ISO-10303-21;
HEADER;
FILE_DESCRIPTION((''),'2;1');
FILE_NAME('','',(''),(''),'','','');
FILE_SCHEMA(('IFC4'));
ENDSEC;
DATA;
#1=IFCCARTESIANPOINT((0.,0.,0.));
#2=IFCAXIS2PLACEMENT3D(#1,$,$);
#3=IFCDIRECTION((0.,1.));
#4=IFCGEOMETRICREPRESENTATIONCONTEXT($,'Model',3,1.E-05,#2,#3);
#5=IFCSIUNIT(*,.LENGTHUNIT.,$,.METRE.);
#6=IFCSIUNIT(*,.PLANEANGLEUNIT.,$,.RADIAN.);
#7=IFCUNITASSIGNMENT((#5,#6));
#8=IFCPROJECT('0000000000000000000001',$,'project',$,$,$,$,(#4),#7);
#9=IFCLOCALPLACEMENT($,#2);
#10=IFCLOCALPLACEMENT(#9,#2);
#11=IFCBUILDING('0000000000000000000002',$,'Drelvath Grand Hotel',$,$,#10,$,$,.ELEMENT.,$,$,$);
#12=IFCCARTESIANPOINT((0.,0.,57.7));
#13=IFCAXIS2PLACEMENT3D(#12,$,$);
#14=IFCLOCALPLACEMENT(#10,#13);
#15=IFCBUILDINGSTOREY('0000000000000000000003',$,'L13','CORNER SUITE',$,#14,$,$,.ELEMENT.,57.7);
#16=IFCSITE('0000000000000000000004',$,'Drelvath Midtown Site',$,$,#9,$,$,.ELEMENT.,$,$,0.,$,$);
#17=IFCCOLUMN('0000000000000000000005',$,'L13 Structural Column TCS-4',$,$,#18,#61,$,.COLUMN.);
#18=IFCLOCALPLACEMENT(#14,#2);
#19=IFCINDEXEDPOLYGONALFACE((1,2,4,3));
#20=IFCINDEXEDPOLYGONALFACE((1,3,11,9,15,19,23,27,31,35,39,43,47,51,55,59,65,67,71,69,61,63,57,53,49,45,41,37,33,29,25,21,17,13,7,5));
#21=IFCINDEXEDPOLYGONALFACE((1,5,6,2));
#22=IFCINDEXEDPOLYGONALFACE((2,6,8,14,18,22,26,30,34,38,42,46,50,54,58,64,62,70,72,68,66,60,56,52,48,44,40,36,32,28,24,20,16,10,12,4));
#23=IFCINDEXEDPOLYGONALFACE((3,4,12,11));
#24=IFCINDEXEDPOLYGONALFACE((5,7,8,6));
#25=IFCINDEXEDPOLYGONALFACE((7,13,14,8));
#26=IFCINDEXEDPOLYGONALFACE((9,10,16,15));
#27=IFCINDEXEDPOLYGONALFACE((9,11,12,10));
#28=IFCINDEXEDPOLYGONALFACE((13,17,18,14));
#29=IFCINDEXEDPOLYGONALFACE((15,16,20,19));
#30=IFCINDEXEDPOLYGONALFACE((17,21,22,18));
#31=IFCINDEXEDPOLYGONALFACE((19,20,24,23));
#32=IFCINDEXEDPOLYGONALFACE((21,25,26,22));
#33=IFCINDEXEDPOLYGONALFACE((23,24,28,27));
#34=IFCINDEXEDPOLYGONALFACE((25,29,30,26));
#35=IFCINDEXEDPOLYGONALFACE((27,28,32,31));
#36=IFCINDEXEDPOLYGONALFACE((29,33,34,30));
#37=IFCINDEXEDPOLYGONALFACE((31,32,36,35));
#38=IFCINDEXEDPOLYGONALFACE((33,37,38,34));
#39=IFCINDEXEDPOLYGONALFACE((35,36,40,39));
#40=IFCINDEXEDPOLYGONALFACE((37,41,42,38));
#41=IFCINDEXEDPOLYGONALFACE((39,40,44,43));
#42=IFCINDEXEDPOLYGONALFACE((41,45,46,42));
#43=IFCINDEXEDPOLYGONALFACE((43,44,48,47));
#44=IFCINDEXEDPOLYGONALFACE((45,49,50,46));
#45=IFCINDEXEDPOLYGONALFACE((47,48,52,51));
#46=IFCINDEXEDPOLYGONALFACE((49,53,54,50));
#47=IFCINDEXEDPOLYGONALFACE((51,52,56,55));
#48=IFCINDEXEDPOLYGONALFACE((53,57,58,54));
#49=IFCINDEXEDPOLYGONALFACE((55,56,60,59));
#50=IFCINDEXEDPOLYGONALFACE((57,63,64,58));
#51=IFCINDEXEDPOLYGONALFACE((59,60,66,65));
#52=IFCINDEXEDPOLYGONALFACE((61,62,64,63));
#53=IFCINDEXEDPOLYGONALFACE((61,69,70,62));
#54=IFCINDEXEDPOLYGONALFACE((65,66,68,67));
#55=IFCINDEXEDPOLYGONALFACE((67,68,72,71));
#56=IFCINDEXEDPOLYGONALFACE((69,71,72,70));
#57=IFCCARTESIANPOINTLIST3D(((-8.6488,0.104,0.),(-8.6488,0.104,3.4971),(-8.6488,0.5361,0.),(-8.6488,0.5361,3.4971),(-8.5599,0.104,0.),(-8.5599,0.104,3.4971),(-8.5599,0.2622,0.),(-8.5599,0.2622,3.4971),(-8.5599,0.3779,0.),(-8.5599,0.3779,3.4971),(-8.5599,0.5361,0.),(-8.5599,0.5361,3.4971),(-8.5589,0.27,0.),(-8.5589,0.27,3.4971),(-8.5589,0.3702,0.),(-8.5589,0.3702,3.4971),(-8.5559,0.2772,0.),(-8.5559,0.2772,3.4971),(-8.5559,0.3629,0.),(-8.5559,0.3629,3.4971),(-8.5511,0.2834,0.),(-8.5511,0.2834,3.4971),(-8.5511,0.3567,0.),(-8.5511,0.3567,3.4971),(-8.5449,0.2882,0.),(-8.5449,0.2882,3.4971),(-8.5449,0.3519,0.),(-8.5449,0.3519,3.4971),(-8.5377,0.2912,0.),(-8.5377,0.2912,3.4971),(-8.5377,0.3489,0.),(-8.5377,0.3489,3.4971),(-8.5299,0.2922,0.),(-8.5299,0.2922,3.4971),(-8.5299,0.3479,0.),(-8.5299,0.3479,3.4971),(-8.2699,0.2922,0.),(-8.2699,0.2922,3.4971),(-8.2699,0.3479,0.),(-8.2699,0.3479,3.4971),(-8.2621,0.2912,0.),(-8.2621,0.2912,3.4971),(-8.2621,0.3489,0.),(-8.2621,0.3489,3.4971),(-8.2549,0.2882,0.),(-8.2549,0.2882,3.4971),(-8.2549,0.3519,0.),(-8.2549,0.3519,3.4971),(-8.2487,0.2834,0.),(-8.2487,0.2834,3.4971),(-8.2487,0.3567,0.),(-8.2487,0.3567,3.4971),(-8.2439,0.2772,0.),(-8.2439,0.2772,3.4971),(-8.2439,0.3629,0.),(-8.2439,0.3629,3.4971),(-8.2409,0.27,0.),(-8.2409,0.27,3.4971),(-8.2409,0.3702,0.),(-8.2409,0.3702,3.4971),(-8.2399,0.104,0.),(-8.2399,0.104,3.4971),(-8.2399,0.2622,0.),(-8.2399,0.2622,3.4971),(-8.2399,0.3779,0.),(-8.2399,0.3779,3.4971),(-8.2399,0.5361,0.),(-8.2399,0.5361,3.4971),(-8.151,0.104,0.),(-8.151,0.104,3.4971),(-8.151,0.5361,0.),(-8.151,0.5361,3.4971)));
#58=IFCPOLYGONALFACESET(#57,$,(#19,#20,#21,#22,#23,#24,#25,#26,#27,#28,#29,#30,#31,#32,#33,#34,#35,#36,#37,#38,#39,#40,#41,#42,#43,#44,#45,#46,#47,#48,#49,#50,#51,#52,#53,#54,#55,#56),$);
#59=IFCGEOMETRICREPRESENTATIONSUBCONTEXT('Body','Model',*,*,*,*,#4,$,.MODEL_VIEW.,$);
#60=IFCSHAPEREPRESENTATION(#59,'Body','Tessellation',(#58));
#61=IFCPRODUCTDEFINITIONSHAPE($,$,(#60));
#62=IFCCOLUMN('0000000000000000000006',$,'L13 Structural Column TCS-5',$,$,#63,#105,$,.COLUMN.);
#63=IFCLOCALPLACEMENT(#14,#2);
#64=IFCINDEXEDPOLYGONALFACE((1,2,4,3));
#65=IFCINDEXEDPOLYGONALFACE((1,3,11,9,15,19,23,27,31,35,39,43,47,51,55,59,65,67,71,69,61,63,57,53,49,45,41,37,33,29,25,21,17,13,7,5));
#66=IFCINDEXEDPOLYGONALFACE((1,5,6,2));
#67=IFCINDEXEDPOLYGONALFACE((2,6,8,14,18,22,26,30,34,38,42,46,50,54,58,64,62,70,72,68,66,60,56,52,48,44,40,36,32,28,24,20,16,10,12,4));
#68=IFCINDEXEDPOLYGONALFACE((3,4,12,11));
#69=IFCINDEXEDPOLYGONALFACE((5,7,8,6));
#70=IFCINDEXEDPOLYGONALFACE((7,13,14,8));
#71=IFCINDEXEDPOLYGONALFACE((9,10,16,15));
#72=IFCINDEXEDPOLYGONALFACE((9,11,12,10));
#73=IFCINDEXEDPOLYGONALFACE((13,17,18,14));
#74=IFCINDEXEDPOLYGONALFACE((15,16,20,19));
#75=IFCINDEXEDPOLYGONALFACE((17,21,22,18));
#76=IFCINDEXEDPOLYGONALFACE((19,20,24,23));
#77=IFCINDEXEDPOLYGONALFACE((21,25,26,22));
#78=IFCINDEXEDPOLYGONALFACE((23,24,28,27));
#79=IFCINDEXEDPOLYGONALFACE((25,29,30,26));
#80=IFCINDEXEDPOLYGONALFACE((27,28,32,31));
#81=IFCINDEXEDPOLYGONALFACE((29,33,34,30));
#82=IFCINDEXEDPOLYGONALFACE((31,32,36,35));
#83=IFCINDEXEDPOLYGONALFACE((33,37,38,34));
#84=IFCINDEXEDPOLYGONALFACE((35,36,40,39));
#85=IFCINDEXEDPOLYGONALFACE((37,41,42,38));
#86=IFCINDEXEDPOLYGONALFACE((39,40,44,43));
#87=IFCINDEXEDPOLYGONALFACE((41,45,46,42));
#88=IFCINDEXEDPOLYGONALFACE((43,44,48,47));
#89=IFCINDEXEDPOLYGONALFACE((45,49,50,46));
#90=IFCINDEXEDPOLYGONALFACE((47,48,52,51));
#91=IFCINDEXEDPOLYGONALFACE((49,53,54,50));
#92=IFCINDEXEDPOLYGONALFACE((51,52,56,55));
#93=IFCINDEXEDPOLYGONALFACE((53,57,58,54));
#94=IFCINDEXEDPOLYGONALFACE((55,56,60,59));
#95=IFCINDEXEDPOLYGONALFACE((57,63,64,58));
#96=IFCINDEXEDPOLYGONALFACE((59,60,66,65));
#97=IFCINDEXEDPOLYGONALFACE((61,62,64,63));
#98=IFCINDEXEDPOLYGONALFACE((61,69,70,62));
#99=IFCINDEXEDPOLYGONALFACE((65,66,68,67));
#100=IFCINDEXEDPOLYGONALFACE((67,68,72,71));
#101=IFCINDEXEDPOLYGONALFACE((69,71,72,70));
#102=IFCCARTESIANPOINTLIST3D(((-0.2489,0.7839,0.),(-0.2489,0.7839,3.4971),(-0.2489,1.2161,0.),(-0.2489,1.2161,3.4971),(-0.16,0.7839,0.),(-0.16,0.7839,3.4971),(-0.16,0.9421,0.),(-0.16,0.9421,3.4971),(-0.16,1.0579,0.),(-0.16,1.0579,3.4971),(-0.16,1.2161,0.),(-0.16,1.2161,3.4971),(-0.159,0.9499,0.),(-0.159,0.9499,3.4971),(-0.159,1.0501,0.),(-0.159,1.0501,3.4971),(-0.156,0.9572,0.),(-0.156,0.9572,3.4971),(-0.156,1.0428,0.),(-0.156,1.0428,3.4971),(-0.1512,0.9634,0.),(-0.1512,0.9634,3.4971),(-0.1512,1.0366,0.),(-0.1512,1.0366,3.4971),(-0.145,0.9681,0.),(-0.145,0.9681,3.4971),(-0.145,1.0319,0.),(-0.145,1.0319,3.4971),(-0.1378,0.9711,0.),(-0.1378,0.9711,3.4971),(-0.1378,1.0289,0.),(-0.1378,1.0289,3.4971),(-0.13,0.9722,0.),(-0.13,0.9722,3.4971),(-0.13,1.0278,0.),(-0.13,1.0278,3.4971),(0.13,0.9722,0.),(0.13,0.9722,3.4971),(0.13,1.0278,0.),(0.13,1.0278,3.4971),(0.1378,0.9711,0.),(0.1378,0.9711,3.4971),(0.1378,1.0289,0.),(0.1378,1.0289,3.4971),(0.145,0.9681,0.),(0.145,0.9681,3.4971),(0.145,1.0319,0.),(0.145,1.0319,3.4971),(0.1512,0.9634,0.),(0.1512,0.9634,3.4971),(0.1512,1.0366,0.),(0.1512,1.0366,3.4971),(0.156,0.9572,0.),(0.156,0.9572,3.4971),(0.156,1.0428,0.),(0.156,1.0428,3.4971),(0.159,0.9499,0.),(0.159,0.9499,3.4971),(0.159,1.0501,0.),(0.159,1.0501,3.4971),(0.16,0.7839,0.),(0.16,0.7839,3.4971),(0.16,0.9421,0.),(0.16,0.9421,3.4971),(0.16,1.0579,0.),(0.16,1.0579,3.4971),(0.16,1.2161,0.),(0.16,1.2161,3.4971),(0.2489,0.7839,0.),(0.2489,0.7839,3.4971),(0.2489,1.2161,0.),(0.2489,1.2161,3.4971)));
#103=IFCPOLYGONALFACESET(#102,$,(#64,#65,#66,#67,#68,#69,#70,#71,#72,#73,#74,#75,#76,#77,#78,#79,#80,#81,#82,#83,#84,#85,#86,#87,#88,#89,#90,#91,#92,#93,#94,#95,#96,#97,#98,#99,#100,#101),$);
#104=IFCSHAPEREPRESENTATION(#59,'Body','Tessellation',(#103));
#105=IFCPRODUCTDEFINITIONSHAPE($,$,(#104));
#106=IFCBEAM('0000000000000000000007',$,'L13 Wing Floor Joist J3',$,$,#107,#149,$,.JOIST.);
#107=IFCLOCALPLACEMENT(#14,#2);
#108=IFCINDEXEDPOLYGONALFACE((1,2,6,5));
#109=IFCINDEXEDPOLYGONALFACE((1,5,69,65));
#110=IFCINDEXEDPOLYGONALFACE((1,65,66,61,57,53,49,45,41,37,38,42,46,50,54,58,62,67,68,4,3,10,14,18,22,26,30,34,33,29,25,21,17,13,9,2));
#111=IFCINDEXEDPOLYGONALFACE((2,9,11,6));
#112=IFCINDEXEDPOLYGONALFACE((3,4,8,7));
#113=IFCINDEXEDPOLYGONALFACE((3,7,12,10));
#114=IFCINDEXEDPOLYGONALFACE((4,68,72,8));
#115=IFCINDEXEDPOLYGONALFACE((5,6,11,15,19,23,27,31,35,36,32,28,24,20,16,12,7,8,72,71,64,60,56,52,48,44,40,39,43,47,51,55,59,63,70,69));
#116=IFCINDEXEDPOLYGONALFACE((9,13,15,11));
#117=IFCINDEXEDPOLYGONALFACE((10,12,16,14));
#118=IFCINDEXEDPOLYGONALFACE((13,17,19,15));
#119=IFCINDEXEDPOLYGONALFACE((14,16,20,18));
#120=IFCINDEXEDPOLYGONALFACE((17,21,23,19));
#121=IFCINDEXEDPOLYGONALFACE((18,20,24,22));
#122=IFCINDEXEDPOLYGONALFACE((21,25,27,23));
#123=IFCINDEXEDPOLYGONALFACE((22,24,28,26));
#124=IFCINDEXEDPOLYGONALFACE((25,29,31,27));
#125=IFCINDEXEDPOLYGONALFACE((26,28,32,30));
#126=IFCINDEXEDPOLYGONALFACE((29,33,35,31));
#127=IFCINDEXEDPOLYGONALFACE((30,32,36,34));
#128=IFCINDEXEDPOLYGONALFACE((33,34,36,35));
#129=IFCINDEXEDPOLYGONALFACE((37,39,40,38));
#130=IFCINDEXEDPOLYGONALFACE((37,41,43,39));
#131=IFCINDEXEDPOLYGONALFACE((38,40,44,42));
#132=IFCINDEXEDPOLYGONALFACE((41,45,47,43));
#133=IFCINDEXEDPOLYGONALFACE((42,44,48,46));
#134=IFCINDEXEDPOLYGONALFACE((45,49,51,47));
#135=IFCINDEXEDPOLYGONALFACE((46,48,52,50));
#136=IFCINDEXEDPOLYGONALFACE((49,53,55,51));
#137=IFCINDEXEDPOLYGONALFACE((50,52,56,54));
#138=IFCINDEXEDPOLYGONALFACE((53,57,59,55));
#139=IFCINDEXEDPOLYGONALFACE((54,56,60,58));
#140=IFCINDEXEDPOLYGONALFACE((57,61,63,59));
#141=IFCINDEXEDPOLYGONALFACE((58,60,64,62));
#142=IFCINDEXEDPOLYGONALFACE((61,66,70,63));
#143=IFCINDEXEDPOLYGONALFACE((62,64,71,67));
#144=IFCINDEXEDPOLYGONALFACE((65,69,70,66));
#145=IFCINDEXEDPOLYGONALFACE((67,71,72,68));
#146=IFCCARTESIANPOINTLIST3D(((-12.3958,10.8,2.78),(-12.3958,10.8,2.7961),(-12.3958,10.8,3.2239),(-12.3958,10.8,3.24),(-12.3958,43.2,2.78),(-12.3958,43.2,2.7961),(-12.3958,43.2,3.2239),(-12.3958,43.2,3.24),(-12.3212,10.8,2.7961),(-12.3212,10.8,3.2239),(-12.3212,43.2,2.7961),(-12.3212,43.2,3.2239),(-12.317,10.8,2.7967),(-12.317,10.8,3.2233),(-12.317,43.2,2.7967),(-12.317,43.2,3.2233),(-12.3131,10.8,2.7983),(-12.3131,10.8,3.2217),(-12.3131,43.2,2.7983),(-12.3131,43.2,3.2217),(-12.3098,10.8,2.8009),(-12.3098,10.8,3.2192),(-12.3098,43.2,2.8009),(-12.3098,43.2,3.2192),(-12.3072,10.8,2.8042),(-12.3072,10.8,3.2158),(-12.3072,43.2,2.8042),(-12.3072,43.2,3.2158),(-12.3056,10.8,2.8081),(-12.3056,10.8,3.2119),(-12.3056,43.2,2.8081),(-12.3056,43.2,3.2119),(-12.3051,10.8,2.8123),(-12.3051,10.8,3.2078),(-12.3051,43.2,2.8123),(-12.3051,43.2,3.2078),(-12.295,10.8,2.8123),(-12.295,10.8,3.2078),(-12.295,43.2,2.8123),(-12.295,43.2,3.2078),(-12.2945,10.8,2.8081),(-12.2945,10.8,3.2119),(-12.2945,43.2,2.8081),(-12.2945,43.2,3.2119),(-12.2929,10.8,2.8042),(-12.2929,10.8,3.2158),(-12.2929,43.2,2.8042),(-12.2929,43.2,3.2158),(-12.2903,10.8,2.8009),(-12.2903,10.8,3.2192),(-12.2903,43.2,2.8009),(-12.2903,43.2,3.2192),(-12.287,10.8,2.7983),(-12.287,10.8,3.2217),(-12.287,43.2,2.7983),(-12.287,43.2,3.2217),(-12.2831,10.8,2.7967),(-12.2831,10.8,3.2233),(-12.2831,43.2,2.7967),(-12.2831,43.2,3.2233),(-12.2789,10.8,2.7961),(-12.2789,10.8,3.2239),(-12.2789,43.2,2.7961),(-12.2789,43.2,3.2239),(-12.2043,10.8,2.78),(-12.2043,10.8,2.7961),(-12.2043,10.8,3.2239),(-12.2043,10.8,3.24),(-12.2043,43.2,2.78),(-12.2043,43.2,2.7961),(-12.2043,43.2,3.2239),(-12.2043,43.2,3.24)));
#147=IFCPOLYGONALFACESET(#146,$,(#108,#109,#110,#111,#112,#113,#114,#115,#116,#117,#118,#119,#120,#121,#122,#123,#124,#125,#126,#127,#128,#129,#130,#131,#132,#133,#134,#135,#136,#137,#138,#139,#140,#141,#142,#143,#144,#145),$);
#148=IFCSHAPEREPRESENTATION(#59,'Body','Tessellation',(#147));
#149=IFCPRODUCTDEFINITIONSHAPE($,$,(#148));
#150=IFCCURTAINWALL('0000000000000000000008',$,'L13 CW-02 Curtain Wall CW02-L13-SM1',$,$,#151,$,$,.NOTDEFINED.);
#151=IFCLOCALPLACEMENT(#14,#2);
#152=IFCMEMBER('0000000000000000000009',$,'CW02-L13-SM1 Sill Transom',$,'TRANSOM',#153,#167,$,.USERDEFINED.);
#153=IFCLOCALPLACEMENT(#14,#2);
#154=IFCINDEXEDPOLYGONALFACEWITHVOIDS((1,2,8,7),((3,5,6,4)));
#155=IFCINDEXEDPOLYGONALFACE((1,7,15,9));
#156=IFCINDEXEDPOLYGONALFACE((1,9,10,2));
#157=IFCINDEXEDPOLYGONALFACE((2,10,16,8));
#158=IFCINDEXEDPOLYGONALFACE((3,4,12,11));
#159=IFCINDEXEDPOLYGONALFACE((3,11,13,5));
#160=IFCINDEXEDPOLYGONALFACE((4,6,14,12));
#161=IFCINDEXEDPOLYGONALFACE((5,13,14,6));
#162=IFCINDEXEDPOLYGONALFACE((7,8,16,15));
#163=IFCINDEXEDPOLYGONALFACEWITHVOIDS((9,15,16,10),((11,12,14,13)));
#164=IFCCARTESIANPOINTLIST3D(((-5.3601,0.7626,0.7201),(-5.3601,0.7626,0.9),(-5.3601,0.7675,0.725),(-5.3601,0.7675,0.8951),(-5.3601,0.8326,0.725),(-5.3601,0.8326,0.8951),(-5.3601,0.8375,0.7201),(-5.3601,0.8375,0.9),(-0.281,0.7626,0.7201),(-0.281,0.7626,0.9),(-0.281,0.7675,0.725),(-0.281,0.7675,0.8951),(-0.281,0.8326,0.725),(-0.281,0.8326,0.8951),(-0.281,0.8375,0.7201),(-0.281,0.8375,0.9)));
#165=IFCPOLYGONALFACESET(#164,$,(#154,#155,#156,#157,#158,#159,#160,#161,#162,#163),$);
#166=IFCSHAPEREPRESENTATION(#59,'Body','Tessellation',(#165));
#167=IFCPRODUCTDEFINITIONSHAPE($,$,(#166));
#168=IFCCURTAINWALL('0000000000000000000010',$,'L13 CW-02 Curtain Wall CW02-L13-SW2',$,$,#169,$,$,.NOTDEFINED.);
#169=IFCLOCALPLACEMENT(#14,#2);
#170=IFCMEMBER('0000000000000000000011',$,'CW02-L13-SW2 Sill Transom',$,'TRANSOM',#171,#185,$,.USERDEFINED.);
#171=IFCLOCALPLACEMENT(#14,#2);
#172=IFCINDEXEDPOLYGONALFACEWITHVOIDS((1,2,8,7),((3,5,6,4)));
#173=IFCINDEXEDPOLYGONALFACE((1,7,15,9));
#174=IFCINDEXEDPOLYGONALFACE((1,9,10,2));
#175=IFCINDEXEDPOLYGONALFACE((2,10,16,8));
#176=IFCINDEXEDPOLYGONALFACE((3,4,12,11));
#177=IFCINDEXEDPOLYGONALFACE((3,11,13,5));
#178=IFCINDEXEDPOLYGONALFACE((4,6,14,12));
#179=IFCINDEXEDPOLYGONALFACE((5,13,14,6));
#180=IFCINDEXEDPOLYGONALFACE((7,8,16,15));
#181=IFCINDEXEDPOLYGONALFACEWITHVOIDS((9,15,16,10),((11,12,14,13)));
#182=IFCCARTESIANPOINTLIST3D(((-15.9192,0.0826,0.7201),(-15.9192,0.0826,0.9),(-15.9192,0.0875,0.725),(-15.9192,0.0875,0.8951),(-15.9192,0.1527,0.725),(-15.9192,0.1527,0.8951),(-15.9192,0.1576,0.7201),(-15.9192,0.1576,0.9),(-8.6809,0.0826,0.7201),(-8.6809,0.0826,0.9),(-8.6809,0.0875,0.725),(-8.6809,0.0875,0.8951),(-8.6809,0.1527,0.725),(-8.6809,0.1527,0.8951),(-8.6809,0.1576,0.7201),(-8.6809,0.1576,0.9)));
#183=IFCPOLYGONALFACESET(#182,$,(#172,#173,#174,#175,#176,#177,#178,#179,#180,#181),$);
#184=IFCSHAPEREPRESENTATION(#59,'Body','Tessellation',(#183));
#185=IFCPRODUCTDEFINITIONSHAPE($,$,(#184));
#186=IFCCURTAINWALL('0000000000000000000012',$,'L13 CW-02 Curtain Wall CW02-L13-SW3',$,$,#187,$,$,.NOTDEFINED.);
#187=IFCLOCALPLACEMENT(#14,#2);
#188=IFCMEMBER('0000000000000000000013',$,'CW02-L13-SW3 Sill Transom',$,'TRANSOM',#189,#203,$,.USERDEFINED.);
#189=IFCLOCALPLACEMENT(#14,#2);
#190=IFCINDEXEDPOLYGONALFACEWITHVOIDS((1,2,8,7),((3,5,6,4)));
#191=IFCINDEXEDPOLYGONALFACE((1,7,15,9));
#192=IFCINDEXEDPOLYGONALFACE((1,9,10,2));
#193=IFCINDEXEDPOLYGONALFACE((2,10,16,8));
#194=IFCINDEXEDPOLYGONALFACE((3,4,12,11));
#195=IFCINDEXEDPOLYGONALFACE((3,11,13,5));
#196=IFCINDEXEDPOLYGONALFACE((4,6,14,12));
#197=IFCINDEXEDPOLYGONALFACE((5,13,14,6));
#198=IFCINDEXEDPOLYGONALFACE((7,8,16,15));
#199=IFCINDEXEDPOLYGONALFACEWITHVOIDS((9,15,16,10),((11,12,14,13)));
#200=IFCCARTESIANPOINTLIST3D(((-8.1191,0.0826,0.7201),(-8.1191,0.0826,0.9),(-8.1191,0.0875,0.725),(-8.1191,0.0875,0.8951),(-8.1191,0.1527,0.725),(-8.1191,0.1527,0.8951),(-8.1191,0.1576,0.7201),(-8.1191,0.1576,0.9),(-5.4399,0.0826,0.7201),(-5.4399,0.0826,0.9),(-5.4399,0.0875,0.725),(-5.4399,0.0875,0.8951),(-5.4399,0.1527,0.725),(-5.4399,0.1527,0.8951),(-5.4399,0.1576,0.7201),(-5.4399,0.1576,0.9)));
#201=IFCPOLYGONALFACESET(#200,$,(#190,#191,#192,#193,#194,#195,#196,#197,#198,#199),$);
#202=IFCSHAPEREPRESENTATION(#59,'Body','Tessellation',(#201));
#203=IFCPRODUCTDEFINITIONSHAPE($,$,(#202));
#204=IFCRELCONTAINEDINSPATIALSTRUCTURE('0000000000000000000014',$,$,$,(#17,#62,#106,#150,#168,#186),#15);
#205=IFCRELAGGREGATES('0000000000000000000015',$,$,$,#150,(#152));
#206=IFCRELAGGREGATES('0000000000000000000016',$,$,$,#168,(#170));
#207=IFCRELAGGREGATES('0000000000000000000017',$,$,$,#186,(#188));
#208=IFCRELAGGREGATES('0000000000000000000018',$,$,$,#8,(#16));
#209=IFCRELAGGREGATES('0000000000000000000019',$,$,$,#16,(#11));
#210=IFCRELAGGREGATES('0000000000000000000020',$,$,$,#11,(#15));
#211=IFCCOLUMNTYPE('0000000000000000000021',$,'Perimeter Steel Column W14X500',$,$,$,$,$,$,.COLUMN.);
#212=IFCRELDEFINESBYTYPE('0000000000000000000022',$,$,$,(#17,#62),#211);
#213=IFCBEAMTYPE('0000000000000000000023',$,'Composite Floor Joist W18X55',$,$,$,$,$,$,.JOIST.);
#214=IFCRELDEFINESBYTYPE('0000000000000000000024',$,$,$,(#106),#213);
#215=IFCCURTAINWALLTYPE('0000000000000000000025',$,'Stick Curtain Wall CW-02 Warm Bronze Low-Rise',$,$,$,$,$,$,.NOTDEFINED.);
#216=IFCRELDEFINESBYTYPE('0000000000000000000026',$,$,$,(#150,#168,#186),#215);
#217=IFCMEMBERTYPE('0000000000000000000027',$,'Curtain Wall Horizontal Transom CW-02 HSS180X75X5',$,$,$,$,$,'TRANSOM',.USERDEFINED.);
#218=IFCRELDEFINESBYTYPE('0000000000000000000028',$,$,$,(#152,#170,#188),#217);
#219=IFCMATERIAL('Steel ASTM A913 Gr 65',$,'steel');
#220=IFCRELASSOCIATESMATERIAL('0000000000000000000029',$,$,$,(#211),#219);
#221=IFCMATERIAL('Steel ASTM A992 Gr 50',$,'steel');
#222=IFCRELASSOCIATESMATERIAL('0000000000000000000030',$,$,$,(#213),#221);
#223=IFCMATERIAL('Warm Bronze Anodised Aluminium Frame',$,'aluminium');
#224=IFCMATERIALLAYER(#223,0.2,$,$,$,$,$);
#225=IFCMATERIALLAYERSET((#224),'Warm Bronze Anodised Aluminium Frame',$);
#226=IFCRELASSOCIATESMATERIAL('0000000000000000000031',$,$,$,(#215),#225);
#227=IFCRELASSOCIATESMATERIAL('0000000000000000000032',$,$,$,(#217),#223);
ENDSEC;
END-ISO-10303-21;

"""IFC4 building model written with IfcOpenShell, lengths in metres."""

from ifc_helpers import new_model, si_unit, direction, frame, origin, origin_2d, place, context, subcontext, project, spatial, hollow_rectangle, i_section, extrude, material, layer, layer_set, material_profile, profile_set, type_object, element, aggregate, save


model = new_model("IFC4")

# Units and contexts
model_context = context("Model", 3, precision=1e-05, world=origin(), true_north=direction((0.0, 1.0)))
body_context = subcontext(model_context, "Body", "Model", "MODEL_VIEW")
ifc_project = project(units=[si_unit("LENGTHUNIT", "METRE"), si_unit("PLANEANGLEUNIT", "RADIAN")], contexts=[model_context])

# Site, building, storey
site_placement = place(None, origin())
site = spatial("IfcSite", under=ifc_project, at=site_placement, Name="Drelvath Midtown Site", CompositionType="ELEMENT", RefElevation=0.0)
building_placement = place(site_placement, origin())
building = spatial("IfcBuilding", under=site, at=building_placement, Name="Drelvath Grand Hotel", CompositionType="ELEMENT")
storey_placement = place(building_placement, frame((0.0, 0.0, 57.7)))
storey = spatial("IfcBuildingStorey", under=building, at=storey_placement, Name="L13", Description="CORNER SUITE", CompositionType="ELEMENT", Elevation=57.7)

# Columns
ifc_material_1 = material(Name="Steel ASTM A913 Gr 65", Category="steel")
ifc_material_profile_1 = material_profile(ifc_material_1, i_section(OverallWidth=0.4321, OverallDepth=0.4978, WebThickness=0.0557, FlangeThickness=0.0889, FilletRadius=0.03, at=origin_2d()), Name="W14X500")
ifc_profile_set_1 = profile_set([ifc_material_profile_1], Name="Steel ASTM A913 Gr 65")
column_type = type_object("IfcColumnType", Name="Perimeter Steel Column W14X500", PredefinedType="COLUMN", material=ifc_profile_set_1)
for number, where, z_axis, x_axis, name in (
    (1, (-8.3999, 0.3201, 0.0), (0.0, 0.0, 1.0), (0.0, 1.0, 0.0), "L13 Structural Column TCS-4"),
    (2, (0.0, 1.0, 0.0), (0.0, 0.0, 1.0), (0.0, 1.0, 0.0), "L13 Structural Column TCS-5"),
):
    element("IfcColumn", number, at=place(storey_placement, frame(where, z_axis=z_axis, x_axis=x_axis)), inside=storey, type_object=column_type, Name=name, PredefinedType="COLUMN", context=body_context, shape_type="SweptSolid", body=[
        extrude(i_section(OverallWidth=0.4321, OverallDepth=0.4978, WebThickness=0.0557, FlangeThickness=0.0889, FilletRadius=0.03, at=origin_2d()), origin(), (0.0, 0.0, 1.0), 3.4971),
    ])

# Beam
ifc_material_2 = material(Name="Steel ASTM A992 Gr 50", Category="steel")
ifc_material_profile_2 = material_profile(ifc_material_2, i_section(OverallWidth=0.1914, OverallDepth=0.46, WebThickness=0.01, FlangeThickness=0.0161, FilletRadius=0.0161, at=origin_2d()), Name="W18X55")
ifc_profile_set_2 = profile_set([ifc_material_profile_2], Name="Steel ASTM A992 Gr 50")
beam_type_1 = type_object("IfcBeamType", Name="Composite Floor Joist W18X55", PredefinedType="JOIST", material=ifc_profile_set_2)
beam_1_placement = place(storey_placement, frame((-12.3, 10.8, 3.01), z_axis=(0.0, 1.0, 0.0), x_axis=(-1.0, 0.0, 0.0)))
element("IfcBeam", 3, at=beam_1_placement, inside=storey, type_object=beam_type_1, Name="L13 Wing Floor Joist J3", PredefinedType="JOIST", context=body_context, shape_type="SweptSolid", body=[
    extrude(i_section(OverallWidth=0.1914, OverallDepth=0.46, WebThickness=0.01, FlangeThickness=0.0161, FilletRadius=0.0161, at=origin_2d()), origin(), (0.0, 0.0, 1.0), 32.3999),
])

# Curtain walls, members
ifc_material_3 = material(Name="Warm Bronze Anodised Aluminium Frame", Category="aluminium")
ifc_layer_1 = layer(ifc_material_3, 0.2)
ifc_layer_set_1 = layer_set([ifc_layer_1], Name="Warm Bronze Anodised Aluminium Frame")
curtain_wall_type = type_object("IfcCurtainWallType", Name="Stick Curtain Wall CW-02 Warm Bronze Low-Rise", PredefinedType="NOTDEFINED", material=ifc_layer_set_1)
curtain_wall_1_placement = place(storey_placement, origin())
curtain_wall_1 = element("IfcCurtainWall", 4, at=curtain_wall_1_placement, inside=storey, type_object=curtain_wall_type, Name="L13 CW-02 Curtain Wall CW02-L13-SM1", PredefinedType="NOTDEFINED")
ifc_material_profile_3 = material_profile(ifc_material_3, hollow_rectangle(XDim=0.075, YDim=0.1799, WallThickness=0.0049, at=origin_2d()), Name="HSS180X75X5")
ifc_profile_set_3 = profile_set([ifc_material_profile_3], Name="Warm Bronze Anodised Aluminium Frame")
member_type_1 = type_object("IfcMemberType", Name="Curtain Wall Horizontal Transom CW-02 HSS180X75X5", ElementType="TRANSOM", PredefinedType="USERDEFINED", material=ifc_profile_set_3)
member_1_placement = place(storey_placement, frame((-0.281, 0.8, 0.8101), z_axis=(-1.0, 0.0, 0.0), x_axis=(0.0, -1.0, 0.0)))
member_1 = element("IfcMember", 5, at=member_1_placement, type_object=member_type_1, Name="CW02-L13-SM1 Sill Transom", ObjectType="TRANSOM", PredefinedType="USERDEFINED", context=body_context, shape_type="SweptSolid", body=[
    extrude(hollow_rectangle(XDim=0.075, YDim=0.1799, WallThickness=0.0049, at=origin_2d()), origin(), (0.0, 0.0, 1.0), 5.0791),
])
curtain_wall_2_placement = place(storey_placement, origin())
curtain_wall_2 = element("IfcCurtainWall", 6, at=curtain_wall_2_placement, inside=storey, type_object=curtain_wall_type, Name="L13 CW-02 Curtain Wall CW02-L13-SW2", PredefinedType="NOTDEFINED")
member_2_placement = place(storey_placement, frame((-8.6809, 0.1201, 0.8101), z_axis=(-1.0, 0.0, 0.0), x_axis=(0.0, -1.0, 0.0)))
member_2 = element("IfcMember", 7, at=member_2_placement, type_object=member_type_1, Name="CW02-L13-SW2 Sill Transom", ObjectType="TRANSOM", PredefinedType="USERDEFINED", context=body_context, shape_type="SweptSolid", body=[
    extrude(hollow_rectangle(XDim=0.075, YDim=0.1799, WallThickness=0.0049, at=origin_2d()), origin(), (0.0, 0.0, 1.0), 7.2383),
])
curtain_wall_3_placement = place(storey_placement, origin())
curtain_wall_3 = element("IfcCurtainWall", 8, at=curtain_wall_3_placement, inside=storey, type_object=curtain_wall_type, Name="L13 CW-02 Curtain Wall CW02-L13-SW3", PredefinedType="NOTDEFINED")
member_3_placement = place(storey_placement, frame((-5.4399, 0.1201, 0.8101), z_axis=(-1.0, 0.0, 0.0), x_axis=(0.0, -1.0, 0.0)))
member_3 = element("IfcMember", 9, at=member_3_placement, type_object=member_type_1, Name="CW02-L13-SW3 Sill Transom", ObjectType="TRANSOM", PredefinedType="USERDEFINED", context=body_context, shape_type="SweptSolid", body=[
    extrude(hollow_rectangle(XDim=0.075, YDim=0.1799, WallThickness=0.0049, at=origin_2d()), origin(), (0.0, 0.0, 1.0), 2.6792),
])

aggregate(curtain_wall_1, [member_1])
aggregate(curtain_wall_2, [member_2])
aggregate(curtain_wall_3, [member_3])

save(model, "model.ifc")
